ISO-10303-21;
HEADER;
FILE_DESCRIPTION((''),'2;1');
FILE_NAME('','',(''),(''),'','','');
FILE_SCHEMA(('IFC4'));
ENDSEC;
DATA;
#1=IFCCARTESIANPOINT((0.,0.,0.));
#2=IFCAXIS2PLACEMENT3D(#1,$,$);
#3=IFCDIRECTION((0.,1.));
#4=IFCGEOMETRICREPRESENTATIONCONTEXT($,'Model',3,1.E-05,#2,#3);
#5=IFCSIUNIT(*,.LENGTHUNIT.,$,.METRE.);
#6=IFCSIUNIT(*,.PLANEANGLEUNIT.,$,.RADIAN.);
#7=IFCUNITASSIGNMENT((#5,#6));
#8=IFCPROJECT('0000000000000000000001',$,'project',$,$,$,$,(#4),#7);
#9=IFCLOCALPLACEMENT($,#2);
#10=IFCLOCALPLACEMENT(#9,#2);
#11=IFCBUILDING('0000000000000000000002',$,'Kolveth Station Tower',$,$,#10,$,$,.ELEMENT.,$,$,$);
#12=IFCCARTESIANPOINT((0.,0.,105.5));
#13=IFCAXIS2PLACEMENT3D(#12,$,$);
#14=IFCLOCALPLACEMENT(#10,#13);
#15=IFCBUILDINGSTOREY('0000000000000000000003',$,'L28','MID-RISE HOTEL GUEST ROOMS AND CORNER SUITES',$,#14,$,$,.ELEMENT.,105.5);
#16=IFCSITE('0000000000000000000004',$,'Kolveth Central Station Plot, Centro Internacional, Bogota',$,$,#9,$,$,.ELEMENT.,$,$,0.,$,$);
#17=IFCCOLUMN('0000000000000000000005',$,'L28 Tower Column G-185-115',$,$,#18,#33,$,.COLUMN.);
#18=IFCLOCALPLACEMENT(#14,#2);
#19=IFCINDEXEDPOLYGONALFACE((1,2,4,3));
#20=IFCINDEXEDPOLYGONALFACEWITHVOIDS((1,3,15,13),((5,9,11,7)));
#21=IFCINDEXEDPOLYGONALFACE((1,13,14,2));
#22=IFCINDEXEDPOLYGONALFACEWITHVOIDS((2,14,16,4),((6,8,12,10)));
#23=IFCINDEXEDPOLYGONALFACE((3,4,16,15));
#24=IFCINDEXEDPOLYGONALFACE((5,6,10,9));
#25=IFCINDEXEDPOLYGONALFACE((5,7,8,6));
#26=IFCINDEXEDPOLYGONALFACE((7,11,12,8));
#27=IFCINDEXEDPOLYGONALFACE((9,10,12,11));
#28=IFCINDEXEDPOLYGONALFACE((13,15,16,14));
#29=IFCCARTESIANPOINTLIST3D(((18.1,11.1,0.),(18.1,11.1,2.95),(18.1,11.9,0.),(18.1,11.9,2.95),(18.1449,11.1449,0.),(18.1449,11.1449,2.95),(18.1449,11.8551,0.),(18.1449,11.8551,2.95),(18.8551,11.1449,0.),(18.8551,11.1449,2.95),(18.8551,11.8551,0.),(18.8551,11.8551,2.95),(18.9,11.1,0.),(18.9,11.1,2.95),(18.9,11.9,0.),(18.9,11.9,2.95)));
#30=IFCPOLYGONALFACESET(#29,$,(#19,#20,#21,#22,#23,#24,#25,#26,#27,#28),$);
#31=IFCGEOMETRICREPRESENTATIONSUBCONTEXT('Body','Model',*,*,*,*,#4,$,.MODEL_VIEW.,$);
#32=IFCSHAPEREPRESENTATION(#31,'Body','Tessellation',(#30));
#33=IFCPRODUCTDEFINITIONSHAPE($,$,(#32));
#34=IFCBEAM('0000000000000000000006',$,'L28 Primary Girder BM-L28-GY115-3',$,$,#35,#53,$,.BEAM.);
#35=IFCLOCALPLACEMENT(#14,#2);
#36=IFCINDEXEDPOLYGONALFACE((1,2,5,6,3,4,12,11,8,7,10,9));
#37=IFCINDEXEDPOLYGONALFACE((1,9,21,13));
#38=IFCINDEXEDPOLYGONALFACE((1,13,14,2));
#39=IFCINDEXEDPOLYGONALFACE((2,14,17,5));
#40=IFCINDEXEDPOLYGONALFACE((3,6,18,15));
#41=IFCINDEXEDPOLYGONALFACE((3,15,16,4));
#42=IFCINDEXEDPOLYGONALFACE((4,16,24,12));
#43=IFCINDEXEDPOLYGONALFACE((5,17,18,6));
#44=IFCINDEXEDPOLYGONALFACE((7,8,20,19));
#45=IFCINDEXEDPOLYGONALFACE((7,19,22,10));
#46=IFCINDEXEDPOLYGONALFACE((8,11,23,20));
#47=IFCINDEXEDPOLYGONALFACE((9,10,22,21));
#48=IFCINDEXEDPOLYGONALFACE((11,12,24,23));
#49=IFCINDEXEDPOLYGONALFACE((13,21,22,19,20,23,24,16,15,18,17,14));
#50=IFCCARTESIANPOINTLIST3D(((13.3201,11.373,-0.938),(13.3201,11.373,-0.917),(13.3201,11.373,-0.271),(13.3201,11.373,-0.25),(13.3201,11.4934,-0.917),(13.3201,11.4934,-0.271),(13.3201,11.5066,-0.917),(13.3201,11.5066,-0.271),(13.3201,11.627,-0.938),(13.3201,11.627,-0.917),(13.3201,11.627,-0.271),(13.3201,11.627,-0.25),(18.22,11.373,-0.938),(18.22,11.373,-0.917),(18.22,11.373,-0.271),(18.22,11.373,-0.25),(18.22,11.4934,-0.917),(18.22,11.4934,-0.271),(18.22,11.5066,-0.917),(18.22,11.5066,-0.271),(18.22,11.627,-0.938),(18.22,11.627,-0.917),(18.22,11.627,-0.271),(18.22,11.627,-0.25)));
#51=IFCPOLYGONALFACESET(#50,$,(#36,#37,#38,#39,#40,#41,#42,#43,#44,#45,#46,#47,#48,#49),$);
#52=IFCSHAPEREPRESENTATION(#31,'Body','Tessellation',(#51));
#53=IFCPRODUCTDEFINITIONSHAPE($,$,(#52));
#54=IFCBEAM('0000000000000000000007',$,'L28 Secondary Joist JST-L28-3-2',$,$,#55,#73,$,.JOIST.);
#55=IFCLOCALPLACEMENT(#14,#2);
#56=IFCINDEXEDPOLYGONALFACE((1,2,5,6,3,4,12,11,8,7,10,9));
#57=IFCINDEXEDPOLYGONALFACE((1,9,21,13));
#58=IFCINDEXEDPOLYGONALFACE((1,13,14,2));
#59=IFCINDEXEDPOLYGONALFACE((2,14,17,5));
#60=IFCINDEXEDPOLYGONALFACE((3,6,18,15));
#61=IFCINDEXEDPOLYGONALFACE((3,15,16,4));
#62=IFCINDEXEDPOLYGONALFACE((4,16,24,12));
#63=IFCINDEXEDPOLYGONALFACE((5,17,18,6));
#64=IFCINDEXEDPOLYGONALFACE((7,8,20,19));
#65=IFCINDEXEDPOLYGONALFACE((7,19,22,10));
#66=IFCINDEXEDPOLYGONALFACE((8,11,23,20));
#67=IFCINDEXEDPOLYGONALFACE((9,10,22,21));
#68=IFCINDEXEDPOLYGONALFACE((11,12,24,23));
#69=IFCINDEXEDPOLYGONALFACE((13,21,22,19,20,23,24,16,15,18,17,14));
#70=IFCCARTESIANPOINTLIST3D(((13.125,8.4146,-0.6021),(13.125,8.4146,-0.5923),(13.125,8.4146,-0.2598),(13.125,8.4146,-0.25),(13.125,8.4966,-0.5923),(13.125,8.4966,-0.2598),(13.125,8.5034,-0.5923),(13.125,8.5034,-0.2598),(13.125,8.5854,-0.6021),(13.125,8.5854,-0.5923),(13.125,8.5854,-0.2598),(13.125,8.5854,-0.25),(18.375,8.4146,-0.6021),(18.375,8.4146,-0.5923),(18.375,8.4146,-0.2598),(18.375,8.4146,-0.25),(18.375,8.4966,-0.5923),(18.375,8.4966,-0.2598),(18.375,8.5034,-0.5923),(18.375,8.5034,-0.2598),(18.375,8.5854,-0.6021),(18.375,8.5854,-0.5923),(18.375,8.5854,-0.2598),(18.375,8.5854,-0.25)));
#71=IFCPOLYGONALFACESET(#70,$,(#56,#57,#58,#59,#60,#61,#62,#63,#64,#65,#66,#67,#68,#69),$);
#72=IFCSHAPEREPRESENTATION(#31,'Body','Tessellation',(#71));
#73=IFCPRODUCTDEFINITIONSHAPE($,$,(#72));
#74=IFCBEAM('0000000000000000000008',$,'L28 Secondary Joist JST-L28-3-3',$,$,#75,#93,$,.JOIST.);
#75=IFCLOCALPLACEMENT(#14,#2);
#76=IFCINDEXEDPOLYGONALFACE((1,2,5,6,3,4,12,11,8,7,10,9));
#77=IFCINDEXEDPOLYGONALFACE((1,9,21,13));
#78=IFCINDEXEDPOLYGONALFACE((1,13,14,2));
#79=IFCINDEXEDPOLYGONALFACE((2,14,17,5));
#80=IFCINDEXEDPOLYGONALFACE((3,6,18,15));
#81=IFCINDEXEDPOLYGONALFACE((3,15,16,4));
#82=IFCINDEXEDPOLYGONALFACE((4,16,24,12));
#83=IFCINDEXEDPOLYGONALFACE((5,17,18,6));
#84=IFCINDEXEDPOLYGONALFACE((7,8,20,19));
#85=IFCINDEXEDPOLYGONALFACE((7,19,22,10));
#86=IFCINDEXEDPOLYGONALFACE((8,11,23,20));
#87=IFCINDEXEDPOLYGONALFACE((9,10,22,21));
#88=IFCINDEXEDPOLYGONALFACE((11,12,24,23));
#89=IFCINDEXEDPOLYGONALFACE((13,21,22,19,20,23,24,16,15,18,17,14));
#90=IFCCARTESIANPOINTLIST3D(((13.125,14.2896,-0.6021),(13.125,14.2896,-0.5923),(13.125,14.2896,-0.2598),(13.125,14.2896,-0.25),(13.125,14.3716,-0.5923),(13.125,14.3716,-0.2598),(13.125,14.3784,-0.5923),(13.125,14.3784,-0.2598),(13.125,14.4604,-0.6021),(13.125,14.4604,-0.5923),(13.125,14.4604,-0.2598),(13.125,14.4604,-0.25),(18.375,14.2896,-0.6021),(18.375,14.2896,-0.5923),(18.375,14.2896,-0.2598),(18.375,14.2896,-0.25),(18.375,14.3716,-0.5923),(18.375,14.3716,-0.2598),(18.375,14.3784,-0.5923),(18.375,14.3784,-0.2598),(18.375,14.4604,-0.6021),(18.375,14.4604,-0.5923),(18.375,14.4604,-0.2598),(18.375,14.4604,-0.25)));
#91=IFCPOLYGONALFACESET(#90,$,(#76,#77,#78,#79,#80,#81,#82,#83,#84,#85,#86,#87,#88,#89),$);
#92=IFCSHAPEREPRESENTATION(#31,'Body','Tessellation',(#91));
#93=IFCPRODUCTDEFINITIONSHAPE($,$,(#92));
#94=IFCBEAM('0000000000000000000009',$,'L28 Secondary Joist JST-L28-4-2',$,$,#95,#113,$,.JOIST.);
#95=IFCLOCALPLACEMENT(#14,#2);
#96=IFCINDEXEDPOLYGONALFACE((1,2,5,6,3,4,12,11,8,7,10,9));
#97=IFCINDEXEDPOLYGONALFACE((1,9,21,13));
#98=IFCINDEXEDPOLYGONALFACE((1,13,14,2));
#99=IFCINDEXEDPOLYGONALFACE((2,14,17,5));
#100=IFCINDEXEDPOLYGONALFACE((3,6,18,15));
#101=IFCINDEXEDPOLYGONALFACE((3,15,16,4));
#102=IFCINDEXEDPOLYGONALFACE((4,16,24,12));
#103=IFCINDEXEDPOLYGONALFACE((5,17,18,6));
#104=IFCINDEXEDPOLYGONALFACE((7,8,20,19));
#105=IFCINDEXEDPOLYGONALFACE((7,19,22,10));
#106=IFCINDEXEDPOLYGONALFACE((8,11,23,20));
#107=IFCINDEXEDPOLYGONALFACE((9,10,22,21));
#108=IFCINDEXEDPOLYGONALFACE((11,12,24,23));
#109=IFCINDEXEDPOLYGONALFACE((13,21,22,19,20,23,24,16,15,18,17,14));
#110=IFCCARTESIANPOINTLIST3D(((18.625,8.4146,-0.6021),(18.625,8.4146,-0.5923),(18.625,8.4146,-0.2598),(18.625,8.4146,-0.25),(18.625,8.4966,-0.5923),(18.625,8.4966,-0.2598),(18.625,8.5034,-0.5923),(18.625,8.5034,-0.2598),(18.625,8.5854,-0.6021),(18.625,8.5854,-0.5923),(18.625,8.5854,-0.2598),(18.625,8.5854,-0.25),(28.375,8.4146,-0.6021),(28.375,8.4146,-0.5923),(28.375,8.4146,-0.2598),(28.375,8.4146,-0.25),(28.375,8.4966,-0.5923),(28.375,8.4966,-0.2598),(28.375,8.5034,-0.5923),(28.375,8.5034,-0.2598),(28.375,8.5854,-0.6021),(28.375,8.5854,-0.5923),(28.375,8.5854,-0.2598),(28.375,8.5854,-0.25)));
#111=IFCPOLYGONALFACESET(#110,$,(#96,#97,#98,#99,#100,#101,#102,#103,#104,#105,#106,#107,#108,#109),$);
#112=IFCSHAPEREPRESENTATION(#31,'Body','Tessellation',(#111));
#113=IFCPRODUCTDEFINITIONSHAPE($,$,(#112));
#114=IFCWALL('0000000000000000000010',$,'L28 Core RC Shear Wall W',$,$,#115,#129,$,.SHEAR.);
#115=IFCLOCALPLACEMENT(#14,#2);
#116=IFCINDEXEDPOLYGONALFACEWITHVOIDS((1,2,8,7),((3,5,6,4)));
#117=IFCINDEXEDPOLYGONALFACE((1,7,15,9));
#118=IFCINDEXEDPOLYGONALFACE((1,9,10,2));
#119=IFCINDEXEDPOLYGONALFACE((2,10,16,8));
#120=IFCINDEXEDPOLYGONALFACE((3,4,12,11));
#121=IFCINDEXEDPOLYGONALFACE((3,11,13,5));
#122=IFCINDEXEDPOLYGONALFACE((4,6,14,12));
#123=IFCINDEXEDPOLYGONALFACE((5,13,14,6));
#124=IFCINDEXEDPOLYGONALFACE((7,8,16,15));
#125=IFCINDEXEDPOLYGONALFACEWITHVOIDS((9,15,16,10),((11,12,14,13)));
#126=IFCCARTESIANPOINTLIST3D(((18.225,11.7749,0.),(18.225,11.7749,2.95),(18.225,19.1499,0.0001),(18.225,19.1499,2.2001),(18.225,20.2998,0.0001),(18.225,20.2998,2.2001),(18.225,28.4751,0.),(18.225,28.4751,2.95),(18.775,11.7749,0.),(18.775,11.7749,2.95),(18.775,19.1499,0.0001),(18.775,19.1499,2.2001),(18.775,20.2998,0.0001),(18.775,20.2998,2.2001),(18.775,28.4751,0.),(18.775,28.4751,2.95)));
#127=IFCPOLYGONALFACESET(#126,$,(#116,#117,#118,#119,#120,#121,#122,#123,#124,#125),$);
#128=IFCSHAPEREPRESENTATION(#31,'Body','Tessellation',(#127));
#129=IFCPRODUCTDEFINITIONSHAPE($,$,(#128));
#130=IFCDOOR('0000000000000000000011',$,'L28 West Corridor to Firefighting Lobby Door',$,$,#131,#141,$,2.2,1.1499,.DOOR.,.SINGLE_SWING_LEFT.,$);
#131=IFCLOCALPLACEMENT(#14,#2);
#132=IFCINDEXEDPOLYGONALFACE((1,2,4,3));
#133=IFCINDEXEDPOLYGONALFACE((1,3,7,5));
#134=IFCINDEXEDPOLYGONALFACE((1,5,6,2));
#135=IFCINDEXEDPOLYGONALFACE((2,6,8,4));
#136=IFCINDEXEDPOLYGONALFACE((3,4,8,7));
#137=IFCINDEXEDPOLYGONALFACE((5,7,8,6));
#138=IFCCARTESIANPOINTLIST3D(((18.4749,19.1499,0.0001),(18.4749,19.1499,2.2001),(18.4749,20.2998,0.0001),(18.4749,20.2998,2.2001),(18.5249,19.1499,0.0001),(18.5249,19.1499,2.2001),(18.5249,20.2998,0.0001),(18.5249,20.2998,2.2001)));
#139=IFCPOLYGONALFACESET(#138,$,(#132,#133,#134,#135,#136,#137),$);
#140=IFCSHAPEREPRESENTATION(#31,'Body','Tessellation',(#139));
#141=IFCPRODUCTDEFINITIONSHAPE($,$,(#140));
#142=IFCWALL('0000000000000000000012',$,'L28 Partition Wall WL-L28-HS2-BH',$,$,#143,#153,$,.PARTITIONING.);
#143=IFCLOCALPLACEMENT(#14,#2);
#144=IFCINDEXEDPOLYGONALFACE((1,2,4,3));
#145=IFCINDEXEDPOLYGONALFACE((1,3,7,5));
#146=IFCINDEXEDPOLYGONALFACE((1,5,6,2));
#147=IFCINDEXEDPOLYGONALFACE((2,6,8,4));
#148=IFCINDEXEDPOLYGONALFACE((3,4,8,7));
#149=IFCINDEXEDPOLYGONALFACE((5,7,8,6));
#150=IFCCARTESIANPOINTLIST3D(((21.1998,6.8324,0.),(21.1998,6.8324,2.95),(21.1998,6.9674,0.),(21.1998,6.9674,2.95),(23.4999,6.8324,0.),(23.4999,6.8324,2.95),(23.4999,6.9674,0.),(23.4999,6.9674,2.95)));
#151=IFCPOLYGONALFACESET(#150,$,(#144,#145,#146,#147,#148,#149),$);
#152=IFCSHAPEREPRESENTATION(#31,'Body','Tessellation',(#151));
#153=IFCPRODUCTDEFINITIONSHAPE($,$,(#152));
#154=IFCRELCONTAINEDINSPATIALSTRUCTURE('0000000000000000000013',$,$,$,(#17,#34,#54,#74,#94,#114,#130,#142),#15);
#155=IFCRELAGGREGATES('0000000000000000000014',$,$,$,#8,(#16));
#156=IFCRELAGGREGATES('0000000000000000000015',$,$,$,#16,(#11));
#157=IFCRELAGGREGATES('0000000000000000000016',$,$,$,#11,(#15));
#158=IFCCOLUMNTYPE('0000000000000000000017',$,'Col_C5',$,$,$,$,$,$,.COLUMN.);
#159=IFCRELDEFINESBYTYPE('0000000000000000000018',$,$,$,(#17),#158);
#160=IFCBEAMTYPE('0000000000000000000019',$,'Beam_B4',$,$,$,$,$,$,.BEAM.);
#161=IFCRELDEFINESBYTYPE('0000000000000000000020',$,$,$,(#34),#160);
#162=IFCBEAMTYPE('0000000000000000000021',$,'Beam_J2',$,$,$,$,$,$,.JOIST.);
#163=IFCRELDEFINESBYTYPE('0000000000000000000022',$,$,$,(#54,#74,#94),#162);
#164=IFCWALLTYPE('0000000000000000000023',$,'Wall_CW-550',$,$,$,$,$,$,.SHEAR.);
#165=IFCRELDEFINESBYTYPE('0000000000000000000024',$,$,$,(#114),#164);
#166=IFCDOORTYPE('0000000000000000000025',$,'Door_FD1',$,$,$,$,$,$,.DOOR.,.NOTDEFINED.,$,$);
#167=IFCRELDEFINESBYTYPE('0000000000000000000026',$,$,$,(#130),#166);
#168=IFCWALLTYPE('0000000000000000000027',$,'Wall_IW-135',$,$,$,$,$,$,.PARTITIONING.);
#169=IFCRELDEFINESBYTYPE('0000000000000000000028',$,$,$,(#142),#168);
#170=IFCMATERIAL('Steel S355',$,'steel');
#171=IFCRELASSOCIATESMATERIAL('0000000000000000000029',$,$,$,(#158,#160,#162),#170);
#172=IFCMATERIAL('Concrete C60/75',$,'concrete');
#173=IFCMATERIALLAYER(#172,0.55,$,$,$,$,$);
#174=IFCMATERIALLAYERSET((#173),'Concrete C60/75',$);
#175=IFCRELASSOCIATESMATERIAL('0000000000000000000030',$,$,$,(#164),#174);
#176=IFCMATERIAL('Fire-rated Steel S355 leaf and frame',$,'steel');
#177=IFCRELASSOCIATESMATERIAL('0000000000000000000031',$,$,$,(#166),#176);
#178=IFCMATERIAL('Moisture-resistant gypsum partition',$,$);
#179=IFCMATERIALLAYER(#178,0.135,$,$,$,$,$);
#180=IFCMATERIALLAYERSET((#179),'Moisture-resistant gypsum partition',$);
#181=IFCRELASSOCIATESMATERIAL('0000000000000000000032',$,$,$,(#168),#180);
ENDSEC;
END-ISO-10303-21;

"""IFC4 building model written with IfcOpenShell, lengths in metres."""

from ifc_helpers import new_model, si_unit, direction, frame, frame_2d, origin, origin_2d, place, context, subcontext, project, spatial, rectangle, hollow_rectangle, i_section, extrude, source, transform, mapped, material, layer, layer_set, material_profile, profile_set, type_object, element, fill, save


model = new_model("IFC4")

# Units and contexts
model_context = context("Model", 3, precision=1e-05, world=origin(), true_north=direction((0.0, 1.0)))
body_context = subcontext(model_context, "Body", "Model", "MODEL_VIEW")
ifc_project = project(units=[si_unit("LENGTHUNIT", "METRE"), si_unit("PLANEANGLEUNIT", "RADIAN")], contexts=[model_context])

# Site, building, storey
site_placement = place(None, origin())
site = spatial("IfcSite", under=ifc_project, at=site_placement, Name="Kolveth Central Station Plot, Centro Internacional, Bogota", CompositionType="ELEMENT", RefElevation=0.0)
building_placement = place(site_placement, origin())
building = spatial("IfcBuilding", under=site, at=building_placement, Name="Kolveth Station Tower", CompositionType="ELEMENT")
storey_placement = place(building_placement, frame((0.0, 0.0, 105.5)))
storey = spatial("IfcBuildingStorey", under=building, at=storey_placement, Name="L28", Description="MID-RISE HOTEL GUEST ROOMS AND CORNER SUITES", CompositionType="ELEMENT", Elevation=105.5)

# Column
ifc_material_1 = material(Name="Steel S355", Category="steel")
ifc_material_profile_1 = material_profile(ifc_material_1, hollow_rectangle(XDim=0.8, YDim=0.8, WallThickness=0.0449, at=origin_2d()), Name="BOX800x800x45")
ifc_profile_set_1 = profile_set([ifc_material_profile_1], Name="Steel S355")
column_type = type_object("IfcColumnType", Name="Col_C5", PredefinedType="COLUMN", material=ifc_profile_set_1)
shared_shape_1 = source(origin(), body_context, "Body", "SweptSolid", [
    extrude(hollow_rectangle(XDim=0.8, YDim=0.8, WallThickness=0.0449, at=origin_2d()), origin(), (0.0, 0.0, 1.0), 2.95),
])
column_placement = place(storey_placement, frame((18.5, 11.5, 0.0), z_axis=(0.0, 0.0, 1.0), x_axis=(1.0, 0.0, 0.0)))
element("IfcColumn", 1, at=column_placement, inside=storey, type_object=column_type, Name="L28 Tower Column G-185-115", PredefinedType="COLUMN", context=body_context, shape_type="MappedRepresentation", body=[
    mapped(shared_shape_1, transform((0.0, 0.0, 0.0), x_axis=(1.0, 0.0, 0.0), y_axis=(0.0, 1.0, 0.0), z_axis=(0.0, 0.0, 1.0), scale=1.0)),
])

# Beams
ifc_material_profile_2 = material_profile(ifc_material_1, i_section(OverallWidth=0.2539, OverallDepth=0.688, WebThickness=0.0132, FlangeThickness=0.021, at=origin_2d()), Name="W690x152")
ifc_profile_set_2 = profile_set([ifc_material_profile_2], Name="Steel S355")
beam_type_1 = type_object("IfcBeamType", Name="Beam_B4", PredefinedType="BEAM", material=ifc_profile_set_2)
shared_shape_2 = source(origin(), body_context, "Body", "SweptSolid", [
    extrude(i_section(OverallWidth=0.2539, OverallDepth=0.688, WebThickness=0.0132, FlangeThickness=0.021, at=origin_2d()), origin(), (0.0, 0.0, 1.0), 4.8999),
])
beam_1_placement = place(storey_placement, frame((13.3201, 11.5, -0.594), z_axis=(1.0, 0.0, 0.0), x_axis=(0.0, 1.0, 0.0)))
element("IfcBeam", 2, at=beam_1_placement, inside=storey, type_object=beam_type_1, Name="L28 Primary Girder BM-L28-GY115-3", PredefinedType="BEAM", context=body_context, shape_type="MappedRepresentation", body=[
    mapped(shared_shape_2, transform((0.0, 0.0, 0.0), x_axis=(1.0, 0.0, 0.0), y_axis=(0.0, 1.0, 0.0), z_axis=(0.0, 0.0, 1.0), scale=1.0)),
])
ifc_material_profile_3 = material_profile(ifc_material_1, i_section(OverallWidth=0.1709, OverallDepth=0.3521, WebThickness=0.0068, FlangeThickness=0.0098, at=origin_2d()), Name="W360x44")
ifc_profile_set_3 = profile_set([ifc_material_profile_3], Name="Steel S355")
beam_type_2 = type_object("IfcBeamType", Name="Beam_J2", PredefinedType="JOIST", material=ifc_profile_set_3)
shared_shape_3 = source(origin(), body_context, "Body", "SweptSolid", [
    extrude(i_section(OverallWidth=0.1709, OverallDepth=0.3521, WebThickness=0.0068, FlangeThickness=0.0098, at=origin_2d()), origin(), (0.0, 0.0, 1.0), 5.25),
])
for number, where, z_axis, x_axis, name in (
    (3, (13.125, 8.5, -0.426), (1.0, 0.0, 0.0), (0.0, 1.0, 0.0), "L28 Secondary Joist JST-L28-3-2"),
    (4, (13.125, 14.375, -0.426), (1.0, 0.0, 0.0), (0.0, 1.0, 0.0), "L28 Secondary Joist JST-L28-3-3"),
):
    element("IfcBeam", number, at=place(storey_placement, frame(where, z_axis=z_axis, x_axis=x_axis)), inside=storey, type_object=beam_type_2, Name=name, PredefinedType="JOIST", context=body_context, shape_type="MappedRepresentation", body=[
        mapped(shared_shape_3, transform((0.0, 0.0, 0.0), x_axis=(1.0, 0.0, 0.0), y_axis=(0.0, 1.0, 0.0), z_axis=(0.0, 0.0, 1.0), scale=1.0)),
    ])
shared_shape_4 = source(origin(), body_context, "Body", "SweptSolid", [
    extrude(i_section(OverallWidth=0.1709, OverallDepth=0.3521, WebThickness=0.0068, FlangeThickness=0.0098, at=origin_2d()), origin(), (0.0, 0.0, 1.0), 9.75),
])
beam_2_placement = place(storey_placement, frame((18.625, 8.5, -0.426), z_axis=(1.0, 0.0, 0.0), x_axis=(0.0, 1.0, 0.0)))
element("IfcBeam", 5, at=beam_2_placement, inside=storey, type_object=beam_type_2, Name="L28 Secondary Joist JST-L28-4-2", PredefinedType="JOIST", context=body_context, shape_type="MappedRepresentation", body=[
    mapped(shared_shape_4, transform((0.0, 0.0, 0.0), x_axis=(1.0, 0.0, 0.0), y_axis=(0.0, 1.0, 0.0), z_axis=(0.0, 0.0, 1.0), scale=1.0)),
])

# Shared definitions
ifc_material_2 = material(Name="Concrete C60/75", Category="concrete")
ifc_layer_1 = layer(ifc_material_2, 0.55)
ifc_layer_set_1 = layer_set([ifc_layer_1], Name="Concrete C60/75")
wall_type_1 = type_object("IfcWallType", Name="Wall_CW-550", PredefinedType="SHEAR", material=ifc_layer_set_1)

# Wall, opening, door
wall_1_placement = place(storey_placement, frame((18.5, 11.7749, 0.0), z_axis=(0.0, 0.0, 1.0), x_axis=(0.0, 1.0, 0.0)))
wall_1 = element("IfcWall", 6, at=wall_1_placement, inside=storey, type_object=wall_type_1, Name="L28 Core RC Shear Wall W", PredefinedType="SHEAR", context=body_context, shape_type="SweptSolid", body=[
    extrude(rectangle(XDim=16.7002, YDim=0.55, at=frame_2d((8.3501, 0.0))), origin(), (0.0, 0.0, 1.0), 2.95),
])
opening_1_placement = place(wall_1_placement, frame((7.375, 0.0, 0.0)))
opening_1 = element("IfcOpeningElement", 7, at=opening_1_placement, cuts=wall_1, PredefinedType="OPENING", context=body_context, shape_type="SweptSolid", body=[
    extrude(rectangle(XDim=1.1499, YDim=2.2, at=frame_2d((0.575, 1.1001))), frame((0.0, 0.2849, 0.0), z_axis=(0.0, -1.0, 0.0), x_axis=(1.0, 0.0, 0.0)), (0.0, 0.0, 1.0), 0.5701),
])
ifc_material_3 = material(Name="Fire-rated Steel S355 leaf and frame", Category="steel")
door_type_1 = type_object("IfcDoorType", Name="Door_FD1", OperationType="NOTDEFINED", PredefinedType="DOOR", material=ifc_material_3)
door_1_placement = place(opening_1_placement, frame((1.1499, 0.0, 0.0), z_axis=(0.0, 0.0, 1.0), x_axis=(-1.0, 0.0, 0.0)))
door_1 = element("IfcDoor", 8, at=door_1_placement, inside=storey, type_object=door_type_1, Name="L28 West Corridor to Firefighting Lobby Door", OperationType="SINGLE_SWING_LEFT", OverallHeight=2.2, OverallWidth=1.1499, PredefinedType="DOOR", context=body_context, shape_type="SweptSolid", body=[
    extrude(rectangle(XDim=1.1499, YDim=2.2, at=frame_2d((0.575, 1.1001))), frame((0.0, 0.0249, 0.0), z_axis=(0.0, -1.0, 0.0), x_axis=(1.0, 0.0, 0.0)), (0.0, 0.0, 1.0), 0.05),
])
fill(opening_1, door_1)

# Wall
ifc_material_4 = material(Name="Moisture-resistant gypsum partition")
ifc_layer_2 = layer(ifc_material_4, 0.135)
ifc_layer_set_2 = layer_set([ifc_layer_2], Name="Moisture-resistant gypsum partition")
wall_type_2 = type_object("IfcWallType", Name="Wall_IW-135", PredefinedType="PARTITIONING", material=ifc_layer_set_2)
wall_2_placement = place(storey_placement, frame((21.2, 6.8999, 0.0), z_axis=(0.0, 0.0, 1.0), x_axis=(1.0, 0.0, 0.0)))
element("IfcWall", 9, at=wall_2_placement, inside=storey, type_object=wall_type_2, Name="L28 Partition Wall WL-L28-HS2-BH", PredefinedType="PARTITIONING", context=body_context, shape_type="SweptSolid", body=[
    extrude(rectangle(XDim=2.3, YDim=0.135, at=frame_2d((1.1499, 0.0))), origin(), (0.0, 0.0, 1.0), 2.95),
])

save(model, "model.ifc")
